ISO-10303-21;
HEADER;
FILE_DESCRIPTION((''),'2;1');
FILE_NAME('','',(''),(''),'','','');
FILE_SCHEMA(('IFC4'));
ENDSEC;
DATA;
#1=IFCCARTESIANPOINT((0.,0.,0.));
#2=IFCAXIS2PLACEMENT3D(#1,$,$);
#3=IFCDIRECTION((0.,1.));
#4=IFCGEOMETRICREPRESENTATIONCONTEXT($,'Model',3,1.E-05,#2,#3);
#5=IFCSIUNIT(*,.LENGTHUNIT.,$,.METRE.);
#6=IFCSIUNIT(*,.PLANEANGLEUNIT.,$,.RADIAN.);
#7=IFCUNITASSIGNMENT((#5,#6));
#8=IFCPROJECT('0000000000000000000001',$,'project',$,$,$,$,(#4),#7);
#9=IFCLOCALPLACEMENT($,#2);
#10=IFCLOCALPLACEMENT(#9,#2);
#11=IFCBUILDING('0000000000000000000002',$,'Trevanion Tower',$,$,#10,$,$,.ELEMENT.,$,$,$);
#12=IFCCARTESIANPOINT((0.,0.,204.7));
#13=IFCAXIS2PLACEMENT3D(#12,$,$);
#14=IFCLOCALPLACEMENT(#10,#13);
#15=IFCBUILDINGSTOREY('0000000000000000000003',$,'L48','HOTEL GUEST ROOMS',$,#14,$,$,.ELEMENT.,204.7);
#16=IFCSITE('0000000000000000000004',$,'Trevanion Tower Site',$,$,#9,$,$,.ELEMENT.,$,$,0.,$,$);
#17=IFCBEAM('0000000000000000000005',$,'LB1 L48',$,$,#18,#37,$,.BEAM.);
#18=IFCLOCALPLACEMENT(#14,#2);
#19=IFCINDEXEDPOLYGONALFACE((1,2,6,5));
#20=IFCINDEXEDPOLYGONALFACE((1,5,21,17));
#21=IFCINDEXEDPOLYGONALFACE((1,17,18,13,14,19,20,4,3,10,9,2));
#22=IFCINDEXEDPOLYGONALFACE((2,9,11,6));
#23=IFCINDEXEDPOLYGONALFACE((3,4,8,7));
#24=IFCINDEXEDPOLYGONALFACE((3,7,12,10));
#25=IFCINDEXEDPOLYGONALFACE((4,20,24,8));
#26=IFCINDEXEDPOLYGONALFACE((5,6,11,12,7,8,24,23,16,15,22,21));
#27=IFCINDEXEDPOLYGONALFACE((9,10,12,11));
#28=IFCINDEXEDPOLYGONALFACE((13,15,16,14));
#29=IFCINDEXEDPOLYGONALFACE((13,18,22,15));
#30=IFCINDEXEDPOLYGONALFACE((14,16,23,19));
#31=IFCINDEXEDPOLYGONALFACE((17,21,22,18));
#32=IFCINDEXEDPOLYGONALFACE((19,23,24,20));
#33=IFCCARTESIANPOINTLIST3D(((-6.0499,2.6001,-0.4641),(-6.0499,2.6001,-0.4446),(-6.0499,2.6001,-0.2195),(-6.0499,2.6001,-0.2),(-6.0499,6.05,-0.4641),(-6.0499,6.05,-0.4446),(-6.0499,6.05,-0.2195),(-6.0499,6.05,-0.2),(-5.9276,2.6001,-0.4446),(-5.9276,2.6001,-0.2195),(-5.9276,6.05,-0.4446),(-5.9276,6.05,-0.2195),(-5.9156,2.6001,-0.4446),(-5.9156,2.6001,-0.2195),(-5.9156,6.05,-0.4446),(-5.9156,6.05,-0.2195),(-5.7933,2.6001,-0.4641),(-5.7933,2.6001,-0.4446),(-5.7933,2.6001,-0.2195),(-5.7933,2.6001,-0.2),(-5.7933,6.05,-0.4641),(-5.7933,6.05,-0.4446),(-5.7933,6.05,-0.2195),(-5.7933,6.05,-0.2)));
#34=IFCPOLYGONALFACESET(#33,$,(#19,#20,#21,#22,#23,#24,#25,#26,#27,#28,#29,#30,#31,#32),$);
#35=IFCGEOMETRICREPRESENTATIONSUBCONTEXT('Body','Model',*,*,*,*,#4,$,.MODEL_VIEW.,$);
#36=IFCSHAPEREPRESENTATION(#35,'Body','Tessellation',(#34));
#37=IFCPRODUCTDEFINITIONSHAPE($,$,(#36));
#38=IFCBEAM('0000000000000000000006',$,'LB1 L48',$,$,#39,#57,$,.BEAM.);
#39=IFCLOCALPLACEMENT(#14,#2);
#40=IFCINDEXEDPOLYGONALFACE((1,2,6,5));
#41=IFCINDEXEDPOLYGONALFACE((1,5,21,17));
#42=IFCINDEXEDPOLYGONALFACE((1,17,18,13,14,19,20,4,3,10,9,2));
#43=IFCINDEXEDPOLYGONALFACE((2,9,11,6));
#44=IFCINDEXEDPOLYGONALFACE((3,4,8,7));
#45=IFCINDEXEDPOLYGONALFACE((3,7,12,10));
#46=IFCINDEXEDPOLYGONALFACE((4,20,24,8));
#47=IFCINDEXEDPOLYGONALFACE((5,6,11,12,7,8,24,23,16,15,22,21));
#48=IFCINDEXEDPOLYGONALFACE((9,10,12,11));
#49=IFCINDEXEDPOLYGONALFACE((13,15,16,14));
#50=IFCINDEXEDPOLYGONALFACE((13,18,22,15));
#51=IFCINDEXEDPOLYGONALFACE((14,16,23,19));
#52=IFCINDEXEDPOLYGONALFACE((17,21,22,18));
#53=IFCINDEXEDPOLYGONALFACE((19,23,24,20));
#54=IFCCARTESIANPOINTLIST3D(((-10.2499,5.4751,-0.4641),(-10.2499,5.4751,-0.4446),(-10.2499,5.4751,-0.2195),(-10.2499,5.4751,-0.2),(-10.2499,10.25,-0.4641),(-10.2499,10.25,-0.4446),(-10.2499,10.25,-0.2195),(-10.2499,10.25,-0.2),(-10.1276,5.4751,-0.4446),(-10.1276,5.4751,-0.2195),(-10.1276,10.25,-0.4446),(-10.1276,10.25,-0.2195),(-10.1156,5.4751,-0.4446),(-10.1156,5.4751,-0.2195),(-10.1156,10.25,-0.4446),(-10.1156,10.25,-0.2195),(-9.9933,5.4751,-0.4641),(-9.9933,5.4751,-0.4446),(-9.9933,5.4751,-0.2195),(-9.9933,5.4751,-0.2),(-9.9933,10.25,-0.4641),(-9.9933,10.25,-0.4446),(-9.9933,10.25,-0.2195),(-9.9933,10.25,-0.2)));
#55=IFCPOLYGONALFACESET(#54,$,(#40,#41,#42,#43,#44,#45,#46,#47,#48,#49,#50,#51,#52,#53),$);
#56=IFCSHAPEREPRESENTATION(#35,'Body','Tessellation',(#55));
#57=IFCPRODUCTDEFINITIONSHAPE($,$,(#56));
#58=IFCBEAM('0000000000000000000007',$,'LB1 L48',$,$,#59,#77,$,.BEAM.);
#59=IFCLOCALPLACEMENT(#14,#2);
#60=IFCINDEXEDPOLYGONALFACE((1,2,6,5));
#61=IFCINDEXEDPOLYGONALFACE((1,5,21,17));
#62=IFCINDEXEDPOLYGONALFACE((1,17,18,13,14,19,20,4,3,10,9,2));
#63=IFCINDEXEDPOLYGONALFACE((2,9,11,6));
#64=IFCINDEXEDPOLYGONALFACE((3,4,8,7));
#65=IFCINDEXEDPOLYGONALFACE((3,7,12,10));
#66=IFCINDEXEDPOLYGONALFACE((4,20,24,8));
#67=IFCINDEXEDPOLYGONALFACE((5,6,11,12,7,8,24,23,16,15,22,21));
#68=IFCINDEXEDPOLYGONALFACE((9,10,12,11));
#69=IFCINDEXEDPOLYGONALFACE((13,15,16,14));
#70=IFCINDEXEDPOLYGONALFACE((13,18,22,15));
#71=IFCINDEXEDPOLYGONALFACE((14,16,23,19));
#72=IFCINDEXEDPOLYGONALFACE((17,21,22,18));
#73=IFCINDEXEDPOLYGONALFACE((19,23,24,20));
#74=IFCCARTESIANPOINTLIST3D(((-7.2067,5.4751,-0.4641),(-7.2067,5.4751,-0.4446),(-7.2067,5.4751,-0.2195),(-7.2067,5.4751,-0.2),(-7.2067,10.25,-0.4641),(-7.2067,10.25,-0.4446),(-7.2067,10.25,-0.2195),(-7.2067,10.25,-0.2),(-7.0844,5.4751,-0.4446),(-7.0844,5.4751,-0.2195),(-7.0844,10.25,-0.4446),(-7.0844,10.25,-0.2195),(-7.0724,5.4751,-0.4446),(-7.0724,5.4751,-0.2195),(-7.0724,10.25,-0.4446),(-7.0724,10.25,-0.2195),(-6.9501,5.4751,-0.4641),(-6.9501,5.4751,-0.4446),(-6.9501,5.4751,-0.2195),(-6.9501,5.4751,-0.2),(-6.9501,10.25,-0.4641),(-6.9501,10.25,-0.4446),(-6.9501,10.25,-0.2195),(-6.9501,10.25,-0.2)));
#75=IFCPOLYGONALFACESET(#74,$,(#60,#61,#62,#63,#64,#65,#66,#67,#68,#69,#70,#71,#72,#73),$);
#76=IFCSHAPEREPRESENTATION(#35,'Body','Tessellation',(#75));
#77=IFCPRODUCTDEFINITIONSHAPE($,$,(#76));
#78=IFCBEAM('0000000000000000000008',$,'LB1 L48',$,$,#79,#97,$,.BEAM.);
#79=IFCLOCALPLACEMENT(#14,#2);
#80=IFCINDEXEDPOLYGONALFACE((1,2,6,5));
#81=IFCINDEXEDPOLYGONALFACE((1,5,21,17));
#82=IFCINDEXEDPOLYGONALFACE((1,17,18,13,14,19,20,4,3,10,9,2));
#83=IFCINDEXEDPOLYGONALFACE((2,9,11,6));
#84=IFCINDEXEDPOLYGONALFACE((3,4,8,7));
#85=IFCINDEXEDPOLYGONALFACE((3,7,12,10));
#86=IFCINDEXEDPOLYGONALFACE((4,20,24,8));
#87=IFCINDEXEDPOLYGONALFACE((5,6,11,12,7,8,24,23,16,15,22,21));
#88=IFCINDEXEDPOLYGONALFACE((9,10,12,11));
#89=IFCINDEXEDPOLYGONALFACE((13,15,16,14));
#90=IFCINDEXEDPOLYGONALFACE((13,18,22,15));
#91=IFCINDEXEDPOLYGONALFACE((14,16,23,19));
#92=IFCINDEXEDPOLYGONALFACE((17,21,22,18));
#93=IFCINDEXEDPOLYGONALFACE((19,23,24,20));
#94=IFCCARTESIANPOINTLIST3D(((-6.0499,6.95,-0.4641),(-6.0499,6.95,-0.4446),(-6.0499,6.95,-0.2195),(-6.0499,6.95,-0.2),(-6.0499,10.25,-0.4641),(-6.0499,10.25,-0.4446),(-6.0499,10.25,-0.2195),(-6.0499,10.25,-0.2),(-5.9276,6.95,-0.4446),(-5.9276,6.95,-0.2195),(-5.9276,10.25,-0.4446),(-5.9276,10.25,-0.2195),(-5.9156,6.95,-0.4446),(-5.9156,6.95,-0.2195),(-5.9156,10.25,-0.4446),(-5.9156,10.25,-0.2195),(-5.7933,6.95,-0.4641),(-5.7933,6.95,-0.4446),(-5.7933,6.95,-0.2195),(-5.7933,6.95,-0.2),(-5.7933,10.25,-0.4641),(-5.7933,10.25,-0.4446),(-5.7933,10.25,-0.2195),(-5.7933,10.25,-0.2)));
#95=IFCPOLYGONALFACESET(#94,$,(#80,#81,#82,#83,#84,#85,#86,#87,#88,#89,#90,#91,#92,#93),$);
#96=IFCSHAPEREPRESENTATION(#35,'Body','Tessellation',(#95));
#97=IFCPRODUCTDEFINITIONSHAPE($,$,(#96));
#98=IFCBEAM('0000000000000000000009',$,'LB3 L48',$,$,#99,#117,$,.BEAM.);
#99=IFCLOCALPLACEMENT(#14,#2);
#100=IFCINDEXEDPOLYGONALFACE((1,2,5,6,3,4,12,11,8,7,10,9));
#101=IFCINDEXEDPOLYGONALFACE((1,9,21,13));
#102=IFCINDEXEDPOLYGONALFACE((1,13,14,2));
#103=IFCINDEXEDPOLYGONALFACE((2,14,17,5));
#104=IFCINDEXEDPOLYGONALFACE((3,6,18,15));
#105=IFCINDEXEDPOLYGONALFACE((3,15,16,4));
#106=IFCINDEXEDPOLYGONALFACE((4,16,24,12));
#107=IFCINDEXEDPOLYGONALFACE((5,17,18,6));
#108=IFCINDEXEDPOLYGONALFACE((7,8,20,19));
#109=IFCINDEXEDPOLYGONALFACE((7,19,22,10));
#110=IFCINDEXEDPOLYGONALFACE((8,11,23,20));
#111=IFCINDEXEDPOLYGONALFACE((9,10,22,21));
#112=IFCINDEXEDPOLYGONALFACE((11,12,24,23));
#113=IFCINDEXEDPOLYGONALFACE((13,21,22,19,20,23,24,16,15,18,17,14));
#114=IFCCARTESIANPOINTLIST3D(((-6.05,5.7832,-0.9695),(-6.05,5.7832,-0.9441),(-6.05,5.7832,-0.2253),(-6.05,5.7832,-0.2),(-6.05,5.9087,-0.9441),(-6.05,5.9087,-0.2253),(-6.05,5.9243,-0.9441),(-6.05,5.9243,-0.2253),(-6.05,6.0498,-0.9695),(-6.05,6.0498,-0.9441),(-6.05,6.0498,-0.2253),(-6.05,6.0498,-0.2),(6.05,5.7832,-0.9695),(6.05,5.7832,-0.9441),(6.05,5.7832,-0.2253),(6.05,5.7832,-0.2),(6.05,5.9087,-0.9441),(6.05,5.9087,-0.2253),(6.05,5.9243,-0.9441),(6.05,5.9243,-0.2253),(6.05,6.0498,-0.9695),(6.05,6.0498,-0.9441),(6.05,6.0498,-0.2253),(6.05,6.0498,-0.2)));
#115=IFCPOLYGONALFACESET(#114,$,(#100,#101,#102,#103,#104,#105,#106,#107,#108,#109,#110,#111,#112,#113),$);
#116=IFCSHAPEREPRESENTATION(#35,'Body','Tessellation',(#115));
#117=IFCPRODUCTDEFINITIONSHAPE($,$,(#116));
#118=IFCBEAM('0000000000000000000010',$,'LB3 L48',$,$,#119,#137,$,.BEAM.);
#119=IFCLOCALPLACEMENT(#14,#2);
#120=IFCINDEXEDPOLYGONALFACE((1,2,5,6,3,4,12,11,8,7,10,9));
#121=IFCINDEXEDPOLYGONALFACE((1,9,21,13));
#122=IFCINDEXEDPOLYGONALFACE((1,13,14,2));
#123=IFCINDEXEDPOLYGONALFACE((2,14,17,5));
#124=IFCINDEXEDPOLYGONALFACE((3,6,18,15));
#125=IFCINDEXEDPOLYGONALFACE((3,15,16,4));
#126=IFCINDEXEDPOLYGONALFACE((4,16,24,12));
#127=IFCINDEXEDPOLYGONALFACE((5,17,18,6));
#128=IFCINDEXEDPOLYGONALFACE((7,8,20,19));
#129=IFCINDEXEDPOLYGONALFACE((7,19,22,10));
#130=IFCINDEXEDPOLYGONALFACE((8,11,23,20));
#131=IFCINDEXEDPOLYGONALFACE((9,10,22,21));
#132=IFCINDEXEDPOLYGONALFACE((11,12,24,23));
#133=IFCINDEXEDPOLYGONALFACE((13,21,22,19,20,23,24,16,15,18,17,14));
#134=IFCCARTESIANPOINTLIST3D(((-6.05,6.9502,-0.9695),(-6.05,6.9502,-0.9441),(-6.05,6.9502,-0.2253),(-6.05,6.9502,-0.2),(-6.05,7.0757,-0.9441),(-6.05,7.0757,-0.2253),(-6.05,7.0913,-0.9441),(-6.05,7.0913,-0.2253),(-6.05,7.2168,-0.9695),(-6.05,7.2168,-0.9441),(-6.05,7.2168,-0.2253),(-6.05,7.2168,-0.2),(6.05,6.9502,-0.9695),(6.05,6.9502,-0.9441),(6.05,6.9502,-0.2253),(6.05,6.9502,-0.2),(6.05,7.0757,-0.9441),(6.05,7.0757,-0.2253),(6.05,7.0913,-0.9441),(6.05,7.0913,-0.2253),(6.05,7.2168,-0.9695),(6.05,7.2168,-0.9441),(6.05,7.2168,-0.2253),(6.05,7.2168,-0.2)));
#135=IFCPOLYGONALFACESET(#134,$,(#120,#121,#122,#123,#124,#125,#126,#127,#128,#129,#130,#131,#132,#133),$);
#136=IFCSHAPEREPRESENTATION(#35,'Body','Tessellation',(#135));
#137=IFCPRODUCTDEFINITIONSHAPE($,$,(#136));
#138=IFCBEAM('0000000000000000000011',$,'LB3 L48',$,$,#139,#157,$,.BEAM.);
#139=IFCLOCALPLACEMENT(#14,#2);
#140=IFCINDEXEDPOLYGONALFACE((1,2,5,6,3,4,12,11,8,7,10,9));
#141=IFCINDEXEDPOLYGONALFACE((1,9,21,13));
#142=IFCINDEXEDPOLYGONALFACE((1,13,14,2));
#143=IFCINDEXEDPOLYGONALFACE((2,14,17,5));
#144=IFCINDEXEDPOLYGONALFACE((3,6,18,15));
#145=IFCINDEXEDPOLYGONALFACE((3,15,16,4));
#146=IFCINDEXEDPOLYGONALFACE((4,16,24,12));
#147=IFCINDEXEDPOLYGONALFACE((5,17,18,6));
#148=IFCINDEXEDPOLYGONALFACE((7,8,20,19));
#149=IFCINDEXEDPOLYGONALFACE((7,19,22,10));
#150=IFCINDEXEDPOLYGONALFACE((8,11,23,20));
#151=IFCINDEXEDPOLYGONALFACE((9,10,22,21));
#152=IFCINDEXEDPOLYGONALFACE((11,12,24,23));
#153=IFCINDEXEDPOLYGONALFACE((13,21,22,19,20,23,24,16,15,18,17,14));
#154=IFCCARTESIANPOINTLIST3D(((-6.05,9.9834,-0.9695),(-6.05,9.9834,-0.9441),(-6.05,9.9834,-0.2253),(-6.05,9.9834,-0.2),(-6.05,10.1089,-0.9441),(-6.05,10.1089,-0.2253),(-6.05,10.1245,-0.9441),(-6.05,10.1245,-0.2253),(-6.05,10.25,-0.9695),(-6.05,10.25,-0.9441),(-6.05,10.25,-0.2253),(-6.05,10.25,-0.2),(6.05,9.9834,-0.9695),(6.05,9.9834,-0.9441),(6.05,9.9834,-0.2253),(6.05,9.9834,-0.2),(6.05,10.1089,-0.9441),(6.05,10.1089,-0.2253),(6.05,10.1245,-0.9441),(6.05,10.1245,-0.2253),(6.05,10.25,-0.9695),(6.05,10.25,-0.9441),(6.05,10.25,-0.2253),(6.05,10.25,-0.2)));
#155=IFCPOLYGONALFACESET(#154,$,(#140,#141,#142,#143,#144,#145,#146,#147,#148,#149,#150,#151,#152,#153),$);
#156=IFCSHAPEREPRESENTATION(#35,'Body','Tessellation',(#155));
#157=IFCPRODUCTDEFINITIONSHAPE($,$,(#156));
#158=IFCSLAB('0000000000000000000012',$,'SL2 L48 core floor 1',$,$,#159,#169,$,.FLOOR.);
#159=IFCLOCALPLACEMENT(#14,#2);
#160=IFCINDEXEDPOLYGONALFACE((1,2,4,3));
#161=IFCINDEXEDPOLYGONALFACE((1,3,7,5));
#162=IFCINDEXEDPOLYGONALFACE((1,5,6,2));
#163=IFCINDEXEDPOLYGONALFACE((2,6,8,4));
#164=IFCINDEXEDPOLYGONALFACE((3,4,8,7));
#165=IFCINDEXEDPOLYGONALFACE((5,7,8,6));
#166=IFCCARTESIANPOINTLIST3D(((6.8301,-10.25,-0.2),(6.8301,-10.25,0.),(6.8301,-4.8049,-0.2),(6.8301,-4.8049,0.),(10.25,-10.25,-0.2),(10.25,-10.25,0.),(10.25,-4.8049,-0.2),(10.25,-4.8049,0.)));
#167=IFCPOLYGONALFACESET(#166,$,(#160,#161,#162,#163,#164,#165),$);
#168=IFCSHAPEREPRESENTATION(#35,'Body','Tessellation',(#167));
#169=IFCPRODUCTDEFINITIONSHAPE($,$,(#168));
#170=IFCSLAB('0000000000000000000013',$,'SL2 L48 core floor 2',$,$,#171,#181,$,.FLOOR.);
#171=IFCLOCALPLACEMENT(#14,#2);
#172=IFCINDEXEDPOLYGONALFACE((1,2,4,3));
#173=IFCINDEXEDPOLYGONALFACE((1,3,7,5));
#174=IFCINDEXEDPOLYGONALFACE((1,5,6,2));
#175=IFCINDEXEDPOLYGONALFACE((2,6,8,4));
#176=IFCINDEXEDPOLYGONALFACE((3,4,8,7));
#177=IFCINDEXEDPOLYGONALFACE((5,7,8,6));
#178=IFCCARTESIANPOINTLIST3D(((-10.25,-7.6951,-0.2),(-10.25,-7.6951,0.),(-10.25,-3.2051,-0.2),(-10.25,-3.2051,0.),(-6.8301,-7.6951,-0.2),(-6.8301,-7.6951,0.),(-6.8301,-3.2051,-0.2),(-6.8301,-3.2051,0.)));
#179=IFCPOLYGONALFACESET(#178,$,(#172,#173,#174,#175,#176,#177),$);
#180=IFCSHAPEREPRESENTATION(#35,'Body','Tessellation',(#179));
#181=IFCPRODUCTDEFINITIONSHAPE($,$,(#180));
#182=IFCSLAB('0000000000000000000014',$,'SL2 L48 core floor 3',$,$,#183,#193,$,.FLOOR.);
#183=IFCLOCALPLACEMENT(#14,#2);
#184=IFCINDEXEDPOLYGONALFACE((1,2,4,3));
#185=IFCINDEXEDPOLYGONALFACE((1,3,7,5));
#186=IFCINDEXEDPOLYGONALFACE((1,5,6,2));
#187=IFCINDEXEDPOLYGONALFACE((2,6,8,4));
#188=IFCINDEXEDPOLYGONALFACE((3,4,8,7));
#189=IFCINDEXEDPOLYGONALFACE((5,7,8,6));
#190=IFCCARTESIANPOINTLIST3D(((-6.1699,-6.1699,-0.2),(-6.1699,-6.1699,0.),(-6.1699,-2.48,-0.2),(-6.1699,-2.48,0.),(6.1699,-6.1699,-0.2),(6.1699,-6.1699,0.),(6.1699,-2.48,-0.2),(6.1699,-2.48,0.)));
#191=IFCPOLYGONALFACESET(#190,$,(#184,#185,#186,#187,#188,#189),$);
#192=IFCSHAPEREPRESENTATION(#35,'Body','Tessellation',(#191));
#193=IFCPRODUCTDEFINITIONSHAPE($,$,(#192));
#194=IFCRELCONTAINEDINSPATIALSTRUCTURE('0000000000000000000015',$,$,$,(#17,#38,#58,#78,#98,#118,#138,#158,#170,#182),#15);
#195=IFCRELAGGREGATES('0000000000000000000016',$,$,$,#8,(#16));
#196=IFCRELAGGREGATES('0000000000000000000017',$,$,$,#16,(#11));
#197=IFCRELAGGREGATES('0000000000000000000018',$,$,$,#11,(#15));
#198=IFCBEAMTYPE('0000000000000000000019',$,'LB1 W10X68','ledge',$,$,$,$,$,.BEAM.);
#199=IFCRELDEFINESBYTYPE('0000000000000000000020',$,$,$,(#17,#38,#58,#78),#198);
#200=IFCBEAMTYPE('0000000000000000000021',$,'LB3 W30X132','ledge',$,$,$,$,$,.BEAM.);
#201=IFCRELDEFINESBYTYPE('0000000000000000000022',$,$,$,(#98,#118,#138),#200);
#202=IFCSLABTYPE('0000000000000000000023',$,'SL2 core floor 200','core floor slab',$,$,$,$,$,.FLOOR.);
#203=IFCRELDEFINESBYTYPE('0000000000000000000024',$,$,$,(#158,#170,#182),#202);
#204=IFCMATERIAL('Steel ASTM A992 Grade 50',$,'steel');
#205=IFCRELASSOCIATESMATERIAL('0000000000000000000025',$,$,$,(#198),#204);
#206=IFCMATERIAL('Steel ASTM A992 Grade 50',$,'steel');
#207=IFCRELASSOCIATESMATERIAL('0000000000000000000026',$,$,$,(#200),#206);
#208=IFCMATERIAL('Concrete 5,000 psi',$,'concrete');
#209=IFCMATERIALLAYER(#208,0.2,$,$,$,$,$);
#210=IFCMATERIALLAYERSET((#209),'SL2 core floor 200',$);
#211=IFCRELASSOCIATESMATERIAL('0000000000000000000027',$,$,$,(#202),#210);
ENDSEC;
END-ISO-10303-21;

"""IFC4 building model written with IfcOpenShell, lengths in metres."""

from ifc_helpers import new_model, si_unit, direction, frame, origin, origin_2d, place, context, subcontext, project, spatial, polyline, i_section, outline, extrude, material, layer, layer_set, material_profile, profile_set, type_object, element, save


model = new_model("IFC4")

# Units and contexts
model_context = context("Model", 3, precision=1e-05, world=origin(), true_north=direction((0.0, 1.0)))
body_context = subcontext(model_context, "Body", "Model", "MODEL_VIEW")
ifc_project = project(units=[si_unit("LENGTHUNIT", "METRE"), si_unit("PLANEANGLEUNIT", "RADIAN")], contexts=[model_context])

# Site, building, storey
site_placement = place(None, origin())
site = spatial("IfcSite", under=ifc_project, at=site_placement, Name="Trevanion Tower Site", CompositionType="ELEMENT", RefElevation=0.0)
building_placement = place(site_placement, origin())
building = spatial("IfcBuilding", under=site, at=building_placement, Name="Trevanion Tower", CompositionType="ELEMENT")
storey_placement = place(building_placement, frame((0.0, 0.0, 204.7)))
storey = spatial("IfcBuildingStorey", under=building, at=storey_placement, Name="L48", Description="HOTEL GUEST ROOMS", CompositionType="ELEMENT", Elevation=204.7)

# Beams
ifc_material_1 = material(Name="Steel ASTM A992 Grade 50", Category="steel")
ifc_material_profile_1 = material_profile(ifc_material_1, i_section(OverallWidth=0.2566, OverallDepth=0.2642, WebThickness=0.012, FlangeThickness=0.0195, at=origin_2d()), Name="W10X68")
ifc_profile_set_1 = profile_set([ifc_material_profile_1], Name="Steel ASTM A992 Grade 50")
beam_type_1 = type_object("IfcBeamType", Name="LB1 W10X68", Description="ledge", PredefinedType="BEAM", material=ifc_profile_set_1)
beam_1_placement = place(storey_placement, frame((-5.9216, 2.6001, -0.332), z_axis=(0.0, 1.0, 0.0), x_axis=(-1.0, 0.0, 0.0)))
element("IfcBeam", 1, at=beam_1_placement, inside=storey, type_object=beam_type_1, Name="LB1 L48", PredefinedType="BEAM", context=body_context, shape_type="SweptSolid", body=[
    extrude(i_section(OverallWidth=0.2566, OverallDepth=0.2642, WebThickness=0.012, FlangeThickness=0.0195, at=origin_2d()), origin(), (0.0, 0.0, 1.0), 3.45),
])
for number, where, z_axis, x_axis, name in (
    (2, (-10.1216, 5.4751, -0.332), (0.0, 1.0, 0.0), (-1.0, 0.0, 0.0), "LB1 L48"),
    (3, (-7.0784, 5.4751, -0.332), (0.0, 1.0, 0.0), (-1.0, 0.0, 0.0), "LB1 L48"),
):
    element("IfcBeam", number, at=place(storey_placement, frame(where, z_axis=z_axis, x_axis=x_axis)), inside=storey, type_object=beam_type_1, Name=name, PredefinedType="BEAM", context=body_context, shape_type="SweptSolid", body=[
        extrude(i_section(OverallWidth=0.2566, OverallDepth=0.2642, WebThickness=0.012, FlangeThickness=0.0195, at=origin_2d()), origin(), (0.0, 0.0, 1.0), 4.7749),
    ])
beam_2_placement = place(storey_placement, frame((-5.9216, 6.95, -0.332), z_axis=(0.0, 1.0, 0.0), x_axis=(-1.0, 0.0, 0.0)))
element("IfcBeam", 4, at=beam_2_placement, inside=storey, type_object=beam_type_1, Name="LB1 L48", PredefinedType="BEAM", context=body_context, shape_type="SweptSolid", body=[
    extrude(i_section(OverallWidth=0.2566, OverallDepth=0.2642, WebThickness=0.012, FlangeThickness=0.0195, at=origin_2d()), origin(), (0.0, 0.0, 1.0), 3.3),
])
ifc_material_2 = material(Name="Steel ASTM A992 Grade 50", Category="steel")
ifc_material_profile_2 = material_profile(ifc_material_2, i_section(OverallWidth=0.2666, OverallDepth=0.7695, WebThickness=0.0156, FlangeThickness=0.0254, at=origin_2d()), Name="W30X132")
ifc_profile_set_2 = profile_set([ifc_material_profile_2], Name="Steel ASTM A992 Grade 50")
beam_type_2 = type_object("IfcBeamType", Name="LB3 W30X132", Description="ledge", PredefinedType="BEAM", material=ifc_profile_set_2)
for number, where, z_axis, x_axis, name in (
    (5, (-6.05, 5.9165, -0.5847), (1.0, 0.0, 0.0), (0.0, 1.0, 0.0), "LB3 L48"),
    (6, (-6.05, 7.0835, -0.5847), (1.0, 0.0, 0.0), (0.0, 1.0, 0.0), "LB3 L48"),
    (7, (-6.05, 10.1167, -0.5847), (1.0, 0.0, 0.0), (0.0, 1.0, 0.0), "LB3 L48"),
):
    element("IfcBeam", number, at=place(storey_placement, frame(where, z_axis=z_axis, x_axis=x_axis)), inside=storey, type_object=beam_type_2, Name=name, PredefinedType="BEAM", context=body_context, shape_type="SweptSolid", body=[
        extrude(i_section(OverallWidth=0.2666, OverallDepth=0.7695, WebThickness=0.0156, FlangeThickness=0.0254, at=origin_2d()), origin(), (0.0, 0.0, 1.0), 12.1001),
    ])

# Slabs
ifc_material_3 = material(Name="Concrete 5,000 psi", Category="concrete")
ifc_layer_1 = layer(ifc_material_3, 0.2)
ifc_layer_set_1 = layer_set([ifc_layer_1], Name="SL2 core floor 200")
slab_type_1 = type_object("IfcSlabType", Name="SL2 core floor 200", Description="core floor slab", PredefinedType="FLOOR", material=ifc_layer_set_1)
slab_1_placement = place(storey_placement, frame((0.0, 0.0, -0.2)))
element("IfcSlab", 8, at=slab_1_placement, inside=storey, type_object=slab_type_1, Name="SL2 L48 core floor 1", PredefinedType="FLOOR", context=body_context, shape_type="SweptSolid", body=[
    extrude(outline(polyline([(10.25, -4.8049), (10.25, -10.25), (6.8301, -10.25), (6.8301, -4.8049), (10.25, -4.8049)])), origin(), (0.0, 0.0, 1.0), 0.2),
])
slab_2_placement = place(storey_placement, frame((0.0, 0.0, -0.2)))
element("IfcSlab", 9, at=slab_2_placement, inside=storey, type_object=slab_type_1, Name="SL2 L48 core floor 2", PredefinedType="FLOOR", context=body_context, shape_type="SweptSolid", body=[
    extrude(outline(polyline([(-6.8301, -3.2051), (-6.8301, -7.6951), (-10.25, -7.6951), (-10.25, -3.2051), (-6.8301, -3.2051)])), origin(), (0.0, 0.0, 1.0), 0.2),
])
slab_3_placement = place(storey_placement, frame((0.0, 0.0, -0.2)))
element("IfcSlab", 10, at=slab_3_placement, inside=storey, type_object=slab_type_1, Name="SL2 L48 core floor 3", PredefinedType="FLOOR", context=body_context, shape_type="SweptSolid", body=[
    extrude(outline(polyline([(6.1699, -6.1699), (-6.1699, -6.1699), (-6.1699, -2.48), (6.1699, -2.48), (6.1699, -6.1699)])), origin(), (0.0, 0.0, 1.0), 0.2),
])

save(model, "model.ifc")
